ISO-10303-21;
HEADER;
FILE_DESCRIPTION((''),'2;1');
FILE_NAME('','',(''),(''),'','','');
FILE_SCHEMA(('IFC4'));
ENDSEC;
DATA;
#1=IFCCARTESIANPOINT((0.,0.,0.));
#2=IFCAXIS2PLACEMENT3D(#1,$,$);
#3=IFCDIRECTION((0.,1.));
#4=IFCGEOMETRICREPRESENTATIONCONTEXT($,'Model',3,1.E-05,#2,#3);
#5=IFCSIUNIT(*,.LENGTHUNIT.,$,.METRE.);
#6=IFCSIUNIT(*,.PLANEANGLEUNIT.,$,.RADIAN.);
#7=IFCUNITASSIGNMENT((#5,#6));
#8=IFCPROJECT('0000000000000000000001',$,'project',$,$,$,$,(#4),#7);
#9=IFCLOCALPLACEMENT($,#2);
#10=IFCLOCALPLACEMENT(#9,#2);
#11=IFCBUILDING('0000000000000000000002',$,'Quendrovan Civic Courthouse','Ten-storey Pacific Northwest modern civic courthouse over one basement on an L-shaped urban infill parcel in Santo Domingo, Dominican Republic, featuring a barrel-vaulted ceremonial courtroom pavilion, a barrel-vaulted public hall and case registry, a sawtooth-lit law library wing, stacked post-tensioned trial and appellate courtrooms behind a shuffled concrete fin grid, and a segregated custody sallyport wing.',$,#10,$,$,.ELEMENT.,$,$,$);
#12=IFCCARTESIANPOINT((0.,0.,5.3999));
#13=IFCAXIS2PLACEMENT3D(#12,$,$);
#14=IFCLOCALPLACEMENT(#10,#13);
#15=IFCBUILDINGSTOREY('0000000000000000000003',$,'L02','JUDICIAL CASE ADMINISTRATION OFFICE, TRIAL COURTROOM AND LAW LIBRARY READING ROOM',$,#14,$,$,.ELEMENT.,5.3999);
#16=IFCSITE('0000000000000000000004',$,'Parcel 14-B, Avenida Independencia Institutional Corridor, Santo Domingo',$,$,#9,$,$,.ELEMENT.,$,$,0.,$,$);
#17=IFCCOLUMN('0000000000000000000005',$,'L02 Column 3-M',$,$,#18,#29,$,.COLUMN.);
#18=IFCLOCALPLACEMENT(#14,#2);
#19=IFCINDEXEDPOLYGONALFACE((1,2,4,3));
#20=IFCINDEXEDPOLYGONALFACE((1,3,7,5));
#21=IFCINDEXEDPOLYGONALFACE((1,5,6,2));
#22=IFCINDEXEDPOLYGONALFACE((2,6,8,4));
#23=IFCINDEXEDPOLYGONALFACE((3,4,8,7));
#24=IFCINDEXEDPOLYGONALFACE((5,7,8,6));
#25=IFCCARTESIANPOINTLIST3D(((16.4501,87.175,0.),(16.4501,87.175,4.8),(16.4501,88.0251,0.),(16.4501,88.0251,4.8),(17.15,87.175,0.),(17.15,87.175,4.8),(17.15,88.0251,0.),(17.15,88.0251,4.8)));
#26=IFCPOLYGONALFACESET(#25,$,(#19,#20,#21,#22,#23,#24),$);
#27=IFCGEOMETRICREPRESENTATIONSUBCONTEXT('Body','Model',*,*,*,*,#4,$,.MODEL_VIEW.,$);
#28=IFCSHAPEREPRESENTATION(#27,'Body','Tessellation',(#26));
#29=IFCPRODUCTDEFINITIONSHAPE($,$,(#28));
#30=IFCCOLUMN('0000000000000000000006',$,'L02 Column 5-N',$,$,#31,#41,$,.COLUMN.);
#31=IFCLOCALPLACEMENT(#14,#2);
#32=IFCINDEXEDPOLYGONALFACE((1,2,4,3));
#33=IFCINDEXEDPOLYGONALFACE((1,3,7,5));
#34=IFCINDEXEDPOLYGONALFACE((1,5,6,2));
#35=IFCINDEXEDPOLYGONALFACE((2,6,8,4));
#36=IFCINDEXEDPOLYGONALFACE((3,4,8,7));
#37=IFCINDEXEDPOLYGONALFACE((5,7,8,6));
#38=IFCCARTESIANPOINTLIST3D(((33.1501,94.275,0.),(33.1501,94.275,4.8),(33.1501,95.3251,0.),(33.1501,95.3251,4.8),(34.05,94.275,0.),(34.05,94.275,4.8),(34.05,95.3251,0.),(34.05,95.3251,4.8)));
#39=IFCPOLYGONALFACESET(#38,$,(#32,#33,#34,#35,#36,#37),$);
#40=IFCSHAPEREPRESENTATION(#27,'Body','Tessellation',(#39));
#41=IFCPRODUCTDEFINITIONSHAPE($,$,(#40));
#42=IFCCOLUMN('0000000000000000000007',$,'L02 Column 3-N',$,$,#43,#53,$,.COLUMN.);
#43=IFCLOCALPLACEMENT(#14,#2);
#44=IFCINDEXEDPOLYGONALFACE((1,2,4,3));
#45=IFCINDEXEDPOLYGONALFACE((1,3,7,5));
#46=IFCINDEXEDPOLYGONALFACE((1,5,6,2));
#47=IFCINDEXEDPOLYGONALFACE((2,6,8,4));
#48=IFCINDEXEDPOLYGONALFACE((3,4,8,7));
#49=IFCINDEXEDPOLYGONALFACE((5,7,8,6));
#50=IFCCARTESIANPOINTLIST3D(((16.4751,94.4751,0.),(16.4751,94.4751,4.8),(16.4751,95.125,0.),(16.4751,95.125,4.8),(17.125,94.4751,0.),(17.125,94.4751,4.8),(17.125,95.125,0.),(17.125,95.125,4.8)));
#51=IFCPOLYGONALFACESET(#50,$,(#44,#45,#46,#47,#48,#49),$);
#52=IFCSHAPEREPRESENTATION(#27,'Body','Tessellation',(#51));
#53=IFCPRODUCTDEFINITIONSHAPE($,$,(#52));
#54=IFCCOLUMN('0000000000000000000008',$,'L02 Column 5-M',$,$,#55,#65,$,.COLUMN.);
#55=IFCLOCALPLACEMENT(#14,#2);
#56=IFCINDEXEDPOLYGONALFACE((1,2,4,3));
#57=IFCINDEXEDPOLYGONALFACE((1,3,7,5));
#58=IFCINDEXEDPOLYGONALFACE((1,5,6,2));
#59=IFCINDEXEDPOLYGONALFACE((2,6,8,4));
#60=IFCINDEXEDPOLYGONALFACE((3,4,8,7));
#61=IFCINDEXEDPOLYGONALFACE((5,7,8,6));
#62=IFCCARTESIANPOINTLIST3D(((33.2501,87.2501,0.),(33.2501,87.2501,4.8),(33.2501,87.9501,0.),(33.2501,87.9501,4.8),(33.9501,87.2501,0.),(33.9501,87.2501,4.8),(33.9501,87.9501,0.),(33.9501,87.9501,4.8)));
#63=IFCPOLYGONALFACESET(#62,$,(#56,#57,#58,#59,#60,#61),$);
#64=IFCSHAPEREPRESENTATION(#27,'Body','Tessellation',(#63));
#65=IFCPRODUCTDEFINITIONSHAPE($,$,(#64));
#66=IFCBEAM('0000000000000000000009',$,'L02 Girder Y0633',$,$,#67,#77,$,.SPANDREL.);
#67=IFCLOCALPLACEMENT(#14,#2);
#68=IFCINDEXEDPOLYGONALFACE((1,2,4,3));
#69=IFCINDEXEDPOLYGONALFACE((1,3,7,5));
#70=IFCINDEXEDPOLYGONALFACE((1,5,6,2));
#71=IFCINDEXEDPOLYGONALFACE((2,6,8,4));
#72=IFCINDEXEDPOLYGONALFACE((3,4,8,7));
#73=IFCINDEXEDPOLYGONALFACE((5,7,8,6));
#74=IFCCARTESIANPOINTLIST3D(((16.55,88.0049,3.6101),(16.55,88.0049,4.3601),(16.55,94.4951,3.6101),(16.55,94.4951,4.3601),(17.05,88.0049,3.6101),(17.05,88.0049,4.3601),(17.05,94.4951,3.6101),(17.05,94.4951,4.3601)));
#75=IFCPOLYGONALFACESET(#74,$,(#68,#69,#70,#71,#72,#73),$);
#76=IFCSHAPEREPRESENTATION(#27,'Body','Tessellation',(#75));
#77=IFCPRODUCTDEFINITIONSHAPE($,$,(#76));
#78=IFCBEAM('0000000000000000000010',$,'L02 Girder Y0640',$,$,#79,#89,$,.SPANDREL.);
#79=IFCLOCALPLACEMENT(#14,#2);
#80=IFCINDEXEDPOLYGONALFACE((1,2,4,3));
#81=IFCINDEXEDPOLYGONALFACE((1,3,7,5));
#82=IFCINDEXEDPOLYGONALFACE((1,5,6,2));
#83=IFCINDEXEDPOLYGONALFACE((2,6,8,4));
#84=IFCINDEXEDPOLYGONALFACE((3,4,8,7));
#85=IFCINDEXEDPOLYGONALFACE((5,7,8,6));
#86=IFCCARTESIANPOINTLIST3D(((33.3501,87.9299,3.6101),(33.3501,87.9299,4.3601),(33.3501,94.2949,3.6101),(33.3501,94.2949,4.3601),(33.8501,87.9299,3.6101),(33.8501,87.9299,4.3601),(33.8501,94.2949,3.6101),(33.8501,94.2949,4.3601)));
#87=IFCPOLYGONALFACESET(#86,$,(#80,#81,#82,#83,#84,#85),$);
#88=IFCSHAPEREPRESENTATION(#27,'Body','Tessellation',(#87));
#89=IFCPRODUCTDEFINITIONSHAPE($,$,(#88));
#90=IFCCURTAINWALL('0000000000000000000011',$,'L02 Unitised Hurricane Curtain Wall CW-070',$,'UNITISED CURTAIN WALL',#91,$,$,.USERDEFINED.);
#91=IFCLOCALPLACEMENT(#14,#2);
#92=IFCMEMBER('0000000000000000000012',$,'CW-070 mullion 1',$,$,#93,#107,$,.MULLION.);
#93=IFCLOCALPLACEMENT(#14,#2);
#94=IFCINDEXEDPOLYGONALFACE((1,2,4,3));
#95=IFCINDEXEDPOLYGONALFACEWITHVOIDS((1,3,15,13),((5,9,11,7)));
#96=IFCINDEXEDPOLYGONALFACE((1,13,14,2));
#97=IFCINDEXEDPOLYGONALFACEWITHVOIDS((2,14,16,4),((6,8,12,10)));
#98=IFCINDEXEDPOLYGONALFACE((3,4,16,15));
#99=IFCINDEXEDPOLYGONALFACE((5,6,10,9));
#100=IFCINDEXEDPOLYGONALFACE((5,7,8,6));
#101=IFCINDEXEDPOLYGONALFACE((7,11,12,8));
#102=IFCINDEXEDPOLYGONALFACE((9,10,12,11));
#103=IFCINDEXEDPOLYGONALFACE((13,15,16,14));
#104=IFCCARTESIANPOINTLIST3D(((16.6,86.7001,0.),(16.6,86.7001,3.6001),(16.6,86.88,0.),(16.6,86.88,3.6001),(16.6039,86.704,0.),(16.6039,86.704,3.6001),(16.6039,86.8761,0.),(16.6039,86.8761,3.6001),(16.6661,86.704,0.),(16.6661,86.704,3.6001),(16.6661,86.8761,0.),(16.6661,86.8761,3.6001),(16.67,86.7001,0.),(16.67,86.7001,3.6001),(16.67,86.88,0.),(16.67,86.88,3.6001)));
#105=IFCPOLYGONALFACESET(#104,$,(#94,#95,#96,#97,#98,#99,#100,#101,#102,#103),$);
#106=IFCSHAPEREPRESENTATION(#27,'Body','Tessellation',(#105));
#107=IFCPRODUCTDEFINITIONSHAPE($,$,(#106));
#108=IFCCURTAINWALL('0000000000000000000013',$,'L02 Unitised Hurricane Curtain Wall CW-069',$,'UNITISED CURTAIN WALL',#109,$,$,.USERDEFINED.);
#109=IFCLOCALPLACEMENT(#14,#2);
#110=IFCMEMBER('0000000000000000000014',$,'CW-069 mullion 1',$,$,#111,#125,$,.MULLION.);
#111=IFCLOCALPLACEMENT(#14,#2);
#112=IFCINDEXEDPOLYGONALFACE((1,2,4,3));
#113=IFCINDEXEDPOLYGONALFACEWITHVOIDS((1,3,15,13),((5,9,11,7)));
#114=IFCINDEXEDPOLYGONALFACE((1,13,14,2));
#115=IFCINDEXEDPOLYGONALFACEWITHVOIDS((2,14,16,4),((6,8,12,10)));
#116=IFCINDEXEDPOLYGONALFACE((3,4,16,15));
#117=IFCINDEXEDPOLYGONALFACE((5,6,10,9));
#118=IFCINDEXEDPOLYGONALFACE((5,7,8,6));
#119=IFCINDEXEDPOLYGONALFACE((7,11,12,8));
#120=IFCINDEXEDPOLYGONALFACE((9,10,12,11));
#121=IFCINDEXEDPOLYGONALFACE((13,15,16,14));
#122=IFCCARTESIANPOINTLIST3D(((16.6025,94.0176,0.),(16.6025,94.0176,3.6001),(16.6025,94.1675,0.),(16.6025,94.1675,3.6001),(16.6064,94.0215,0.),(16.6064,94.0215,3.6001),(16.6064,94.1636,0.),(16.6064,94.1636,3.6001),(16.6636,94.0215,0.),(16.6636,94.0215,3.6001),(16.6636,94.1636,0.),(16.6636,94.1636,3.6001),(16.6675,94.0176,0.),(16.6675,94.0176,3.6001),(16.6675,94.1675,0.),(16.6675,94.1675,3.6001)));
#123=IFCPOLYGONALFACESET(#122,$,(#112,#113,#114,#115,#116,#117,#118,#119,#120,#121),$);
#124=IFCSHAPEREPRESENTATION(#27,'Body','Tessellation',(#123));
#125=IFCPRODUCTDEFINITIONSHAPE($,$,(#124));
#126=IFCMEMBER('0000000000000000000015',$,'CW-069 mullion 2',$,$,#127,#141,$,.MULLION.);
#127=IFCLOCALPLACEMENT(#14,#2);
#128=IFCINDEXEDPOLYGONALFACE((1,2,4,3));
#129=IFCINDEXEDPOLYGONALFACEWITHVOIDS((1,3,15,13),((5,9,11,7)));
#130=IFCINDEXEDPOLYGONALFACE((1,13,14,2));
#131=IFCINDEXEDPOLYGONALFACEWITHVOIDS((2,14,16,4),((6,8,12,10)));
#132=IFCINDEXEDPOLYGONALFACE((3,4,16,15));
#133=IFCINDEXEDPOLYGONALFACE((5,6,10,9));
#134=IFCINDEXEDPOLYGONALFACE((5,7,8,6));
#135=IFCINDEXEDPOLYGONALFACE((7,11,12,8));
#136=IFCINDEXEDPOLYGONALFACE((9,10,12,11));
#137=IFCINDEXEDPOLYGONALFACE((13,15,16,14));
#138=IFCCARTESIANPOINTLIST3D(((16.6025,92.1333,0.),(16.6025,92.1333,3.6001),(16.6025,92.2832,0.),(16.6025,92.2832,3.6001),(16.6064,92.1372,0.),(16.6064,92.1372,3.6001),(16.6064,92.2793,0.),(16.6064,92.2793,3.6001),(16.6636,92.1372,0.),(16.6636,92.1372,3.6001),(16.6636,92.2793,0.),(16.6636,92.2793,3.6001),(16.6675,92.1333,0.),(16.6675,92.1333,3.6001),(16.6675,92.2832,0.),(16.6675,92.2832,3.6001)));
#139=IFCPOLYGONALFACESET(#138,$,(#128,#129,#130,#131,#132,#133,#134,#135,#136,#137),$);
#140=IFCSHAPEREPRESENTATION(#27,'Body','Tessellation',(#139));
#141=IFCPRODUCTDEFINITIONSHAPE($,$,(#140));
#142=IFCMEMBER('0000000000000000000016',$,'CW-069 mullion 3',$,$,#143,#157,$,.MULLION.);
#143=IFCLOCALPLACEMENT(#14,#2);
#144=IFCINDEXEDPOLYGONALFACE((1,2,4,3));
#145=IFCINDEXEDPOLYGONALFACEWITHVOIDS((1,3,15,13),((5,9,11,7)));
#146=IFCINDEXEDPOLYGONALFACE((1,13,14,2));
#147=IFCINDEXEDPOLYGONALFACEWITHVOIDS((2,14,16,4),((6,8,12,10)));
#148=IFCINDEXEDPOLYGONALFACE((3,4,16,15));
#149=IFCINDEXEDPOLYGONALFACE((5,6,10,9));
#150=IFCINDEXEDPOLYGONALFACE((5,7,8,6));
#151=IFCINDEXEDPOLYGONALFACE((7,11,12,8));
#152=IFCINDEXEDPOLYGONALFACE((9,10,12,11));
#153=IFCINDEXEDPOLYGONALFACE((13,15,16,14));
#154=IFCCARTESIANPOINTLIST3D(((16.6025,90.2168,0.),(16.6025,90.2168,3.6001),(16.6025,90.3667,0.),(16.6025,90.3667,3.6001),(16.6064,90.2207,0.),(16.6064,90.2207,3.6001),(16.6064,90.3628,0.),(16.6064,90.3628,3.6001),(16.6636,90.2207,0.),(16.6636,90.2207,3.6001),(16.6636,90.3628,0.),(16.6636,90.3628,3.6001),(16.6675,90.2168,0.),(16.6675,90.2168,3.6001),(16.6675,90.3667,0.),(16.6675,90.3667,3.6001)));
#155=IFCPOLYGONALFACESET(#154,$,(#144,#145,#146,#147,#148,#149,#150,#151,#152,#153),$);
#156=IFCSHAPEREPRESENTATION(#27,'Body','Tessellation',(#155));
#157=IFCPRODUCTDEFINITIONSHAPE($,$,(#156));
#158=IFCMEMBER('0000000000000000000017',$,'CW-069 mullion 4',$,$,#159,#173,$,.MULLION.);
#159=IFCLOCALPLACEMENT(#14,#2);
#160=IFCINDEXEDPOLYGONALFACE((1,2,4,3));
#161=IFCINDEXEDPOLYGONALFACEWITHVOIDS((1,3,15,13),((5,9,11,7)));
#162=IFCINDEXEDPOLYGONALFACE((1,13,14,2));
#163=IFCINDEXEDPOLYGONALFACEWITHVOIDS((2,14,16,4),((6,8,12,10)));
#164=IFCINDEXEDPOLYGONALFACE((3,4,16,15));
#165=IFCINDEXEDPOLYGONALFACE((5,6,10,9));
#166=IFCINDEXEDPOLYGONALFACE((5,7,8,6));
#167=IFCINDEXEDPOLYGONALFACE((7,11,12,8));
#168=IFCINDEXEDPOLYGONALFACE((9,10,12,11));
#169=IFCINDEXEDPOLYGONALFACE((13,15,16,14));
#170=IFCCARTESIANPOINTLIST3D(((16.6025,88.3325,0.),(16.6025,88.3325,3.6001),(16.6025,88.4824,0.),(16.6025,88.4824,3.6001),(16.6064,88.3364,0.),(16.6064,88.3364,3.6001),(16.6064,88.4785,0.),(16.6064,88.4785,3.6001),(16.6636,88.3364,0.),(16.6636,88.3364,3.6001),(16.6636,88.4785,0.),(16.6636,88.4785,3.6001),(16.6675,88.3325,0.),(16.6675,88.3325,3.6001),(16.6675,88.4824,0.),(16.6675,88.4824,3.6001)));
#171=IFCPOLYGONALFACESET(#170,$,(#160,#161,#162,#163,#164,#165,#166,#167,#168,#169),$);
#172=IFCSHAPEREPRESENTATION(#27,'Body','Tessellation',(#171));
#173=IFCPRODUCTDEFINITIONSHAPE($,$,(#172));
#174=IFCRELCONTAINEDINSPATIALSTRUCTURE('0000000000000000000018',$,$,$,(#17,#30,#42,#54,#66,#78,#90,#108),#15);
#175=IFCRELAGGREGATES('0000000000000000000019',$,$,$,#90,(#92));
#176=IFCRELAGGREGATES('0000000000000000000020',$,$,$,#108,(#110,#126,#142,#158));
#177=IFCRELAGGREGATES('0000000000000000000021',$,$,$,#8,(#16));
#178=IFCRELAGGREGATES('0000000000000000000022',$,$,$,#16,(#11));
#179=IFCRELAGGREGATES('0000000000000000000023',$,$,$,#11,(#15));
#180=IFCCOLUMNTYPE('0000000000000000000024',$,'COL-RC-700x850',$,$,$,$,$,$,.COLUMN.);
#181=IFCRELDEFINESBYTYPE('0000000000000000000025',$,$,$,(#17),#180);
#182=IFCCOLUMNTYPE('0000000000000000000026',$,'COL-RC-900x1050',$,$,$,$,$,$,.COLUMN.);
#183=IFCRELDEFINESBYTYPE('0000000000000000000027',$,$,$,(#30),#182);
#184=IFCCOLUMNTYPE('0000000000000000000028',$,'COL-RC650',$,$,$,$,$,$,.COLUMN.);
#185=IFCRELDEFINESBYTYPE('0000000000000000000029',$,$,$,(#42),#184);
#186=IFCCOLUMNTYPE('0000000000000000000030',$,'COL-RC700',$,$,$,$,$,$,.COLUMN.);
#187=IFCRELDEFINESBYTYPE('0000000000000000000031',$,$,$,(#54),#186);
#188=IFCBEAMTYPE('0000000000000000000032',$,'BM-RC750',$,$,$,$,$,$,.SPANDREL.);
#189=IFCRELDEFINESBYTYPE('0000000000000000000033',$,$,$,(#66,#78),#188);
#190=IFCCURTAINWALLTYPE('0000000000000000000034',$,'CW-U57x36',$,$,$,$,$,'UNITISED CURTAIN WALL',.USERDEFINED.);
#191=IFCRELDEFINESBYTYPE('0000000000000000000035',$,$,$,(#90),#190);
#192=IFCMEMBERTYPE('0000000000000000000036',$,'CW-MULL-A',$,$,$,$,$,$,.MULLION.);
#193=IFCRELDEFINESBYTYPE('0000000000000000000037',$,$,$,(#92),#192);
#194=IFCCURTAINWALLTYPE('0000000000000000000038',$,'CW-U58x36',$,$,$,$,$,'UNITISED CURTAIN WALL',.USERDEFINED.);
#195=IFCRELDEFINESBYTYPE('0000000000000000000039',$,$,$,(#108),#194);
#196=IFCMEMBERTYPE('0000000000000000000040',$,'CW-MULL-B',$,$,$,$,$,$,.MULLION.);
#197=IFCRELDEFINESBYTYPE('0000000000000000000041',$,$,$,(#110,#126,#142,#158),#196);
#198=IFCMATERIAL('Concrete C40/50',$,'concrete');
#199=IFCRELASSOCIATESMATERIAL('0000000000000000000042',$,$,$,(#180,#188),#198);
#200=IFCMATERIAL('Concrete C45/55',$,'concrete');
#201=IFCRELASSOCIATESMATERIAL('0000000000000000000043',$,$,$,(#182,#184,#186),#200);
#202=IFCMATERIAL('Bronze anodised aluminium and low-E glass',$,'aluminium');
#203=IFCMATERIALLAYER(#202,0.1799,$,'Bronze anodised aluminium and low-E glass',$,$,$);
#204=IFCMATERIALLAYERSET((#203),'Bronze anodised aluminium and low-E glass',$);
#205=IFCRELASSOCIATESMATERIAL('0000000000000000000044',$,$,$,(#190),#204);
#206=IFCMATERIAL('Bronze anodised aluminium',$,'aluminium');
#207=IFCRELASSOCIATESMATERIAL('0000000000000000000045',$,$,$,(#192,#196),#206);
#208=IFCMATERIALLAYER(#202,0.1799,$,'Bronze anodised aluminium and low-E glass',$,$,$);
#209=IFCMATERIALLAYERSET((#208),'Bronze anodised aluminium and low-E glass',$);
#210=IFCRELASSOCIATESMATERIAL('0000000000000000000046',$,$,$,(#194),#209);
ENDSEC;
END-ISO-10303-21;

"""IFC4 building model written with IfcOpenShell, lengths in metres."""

from ifc_helpers import new_model, si_unit, direction, frame, origin, origin_2d, place, context, subcontext, project, spatial, rectangle, hollow_rectangle, extrude, material, layer, layer_set, material_profile, profile_set, type_object, element, aggregate, save


model = new_model("IFC4")

# Units and contexts
model_context = context("Model", 3, precision=1e-05, world=origin(), true_north=direction((0.0, 1.0)))
body_context = subcontext(model_context, "Body", "Model", "MODEL_VIEW")
ifc_project = project(units=[si_unit("LENGTHUNIT", "METRE"), si_unit("PLANEANGLEUNIT", "RADIAN")], contexts=[model_context])

# Site, building, storey
site_placement = place(None, origin())
site = spatial("IfcSite", under=ifc_project, at=site_placement, Name="Parcel 14-B, Avenida Independencia Institutional Corridor, Santo Domingo", CompositionType="ELEMENT", RefElevation=0.0)
building_placement = place(site_placement, origin())
building = spatial("IfcBuilding", under=site, at=building_placement, Name="Quendrovan Civic Courthouse", Description="Ten-storey Pacific Northwest modern civic courthouse over one basement on an L-shaped urban infill parcel in Santo Domingo, Dominican Republic, featuring a barrel-vaulted ceremonial courtroom pavilion, a barrel-vaulted public hall and case registry, a sawtooth-lit law library wing, stacked post-tensioned trial and appellate courtrooms behind a shuffled concrete fin grid, and a segregated custody sallyport wing.", CompositionType="ELEMENT")
storey_placement = place(building_placement, frame((0.0, 0.0, 5.3999)))
storey = spatial("IfcBuildingStorey", under=building, at=storey_placement, Name="L02", Description="JUDICIAL CASE ADMINISTRATION OFFICE, TRIAL COURTROOM AND LAW LIBRARY READING ROOM", CompositionType="ELEMENT", Elevation=5.3999)

# Columns
ifc_material_1 = material(Name="Concrete C40/50", Category="concrete")
ifc_material_profile_1 = material_profile(ifc_material_1, rectangle(XDim=0.7, YDim=0.8501, at=origin_2d()), Name="RC-COL-700x850")
ifc_profile_set_1 = profile_set([ifc_material_profile_1], Name="Concrete C40/50")
column_type_1 = type_object("IfcColumnType", Name="COL-RC-700x850", PredefinedType="COLUMN", material=ifc_profile_set_1)
column_1_placement = place(storey_placement, frame((16.8, 87.6001, 0.0), z_axis=(0.0, 0.0, 1.0), x_axis=(1.0, 0.0, 0.0)))
element("IfcColumn", 1, at=column_1_placement, inside=storey, type_object=column_type_1, Name="L02 Column 3-M", PredefinedType="COLUMN", context=body_context, shape_type="SweptSolid", body=[
    extrude(rectangle(XDim=0.7, YDim=0.8501, at=origin_2d()), origin(), (0.0, 0.0, 1.0), 4.8),
])
ifc_material_2 = material(Name="Concrete C45/55", Category="concrete")
ifc_material_profile_2 = material_profile(ifc_material_2, rectangle(XDim=0.8999, YDim=1.05, at=origin_2d()), Name="RC-COL-900x1050")
ifc_profile_set_2 = profile_set([ifc_material_profile_2], Name="Concrete C45/55")
column_type_2 = type_object("IfcColumnType", Name="COL-RC-900x1050", PredefinedType="COLUMN", material=ifc_profile_set_2)
column_2_placement = place(storey_placement, frame((33.6001, 94.8, 0.0), z_axis=(0.0, 0.0, 1.0), x_axis=(1.0, 0.0, 0.0)))
element("IfcColumn", 2, at=column_2_placement, inside=storey, type_object=column_type_2, Name="L02 Column 5-N", PredefinedType="COLUMN", context=body_context, shape_type="SweptSolid", body=[
    extrude(rectangle(XDim=0.8999, YDim=1.05, at=origin_2d()), origin(), (0.0, 0.0, 1.0), 4.8),
])
ifc_material_profile_3 = material_profile(ifc_material_2, rectangle(XDim=0.6499, YDim=0.6499, at=origin_2d()), Name="RC-COL-650x650")
ifc_profile_set_3 = profile_set([ifc_material_profile_3], Name="Concrete C45/55")
column_type_3 = type_object("IfcColumnType", Name="COL-RC650", PredefinedType="COLUMN", material=ifc_profile_set_3)
column_3_placement = place(storey_placement, frame((16.8, 94.8, 0.0), z_axis=(0.0, 0.0, 1.0), x_axis=(1.0, 0.0, 0.0)))
element("IfcColumn", 3, at=column_3_placement, inside=storey, type_object=column_type_3, Name="L02 Column 3-N", PredefinedType="COLUMN", context=body_context, shape_type="SweptSolid", body=[
    extrude(rectangle(XDim=0.6499, YDim=0.6499, at=origin_2d()), origin(), (0.0, 0.0, 1.0), 4.8),
])
ifc_material_profile_4 = material_profile(ifc_material_2, rectangle(XDim=0.7, YDim=0.7, at=origin_2d()), Name="RC-COL-700x700")
ifc_profile_set_4 = profile_set([ifc_material_profile_4], Name="Concrete C45/55")
column_type_4 = type_object("IfcColumnType", Name="COL-RC700", PredefinedType="COLUMN", material=ifc_profile_set_4)
column_4_placement = place(storey_placement, frame((33.6001, 87.6001, 0.0), z_axis=(0.0, 0.0, 1.0), x_axis=(1.0, 0.0, 0.0)))
element("IfcColumn", 4, at=column_4_placement, inside=storey, type_object=column_type_4, Name="L02 Column 5-M", PredefinedType="COLUMN", context=body_context, shape_type="SweptSolid", body=[
    extrude(rectangle(XDim=0.7, YDim=0.7, at=origin_2d()), origin(), (0.0, 0.0, 1.0), 4.8),
])

# Beams
ifc_material_profile_5 = material_profile(ifc_material_1, rectangle(XDim=0.5, YDim=0.75, at=origin_2d()), Name="RC-BM-500x750")
ifc_profile_set_5 = profile_set([ifc_material_profile_5], Name="Concrete C40/50")
beam_type = type_object("IfcBeamType", Name="BM-RC750", PredefinedType="SPANDREL", material=ifc_profile_set_5)
beam_1_placement = place(storey_placement, frame((16.8, 88.0049, 3.9851), z_axis=(0.0, 1.0, 0.0), x_axis=(-1.0, 0.0, 0.0)))
element("IfcBeam", 5, at=beam_1_placement, inside=storey, type_object=beam_type, Name="L02 Girder Y0633", PredefinedType="SPANDREL", context=body_context, shape_type="SweptSolid", body=[
    extrude(rectangle(XDim=0.5, YDim=0.75, at=origin_2d()), origin(), (0.0, 0.0, 1.0), 6.4902),
])
beam_2_placement = place(storey_placement, frame((33.6001, 87.9299, 3.9851), z_axis=(0.0, 1.0, 0.0), x_axis=(-1.0, 0.0, 0.0)))
element("IfcBeam", 6, at=beam_2_placement, inside=storey, type_object=beam_type, Name="L02 Girder Y0640", PredefinedType="SPANDREL", context=body_context, shape_type="SweptSolid", body=[
    extrude(rectangle(XDim=0.5, YDim=0.75, at=origin_2d()), origin(), (0.0, 0.0, 1.0), 6.365),
])

# Curtain wall, member
ifc_material_3 = material(Name="Bronze anodised aluminium and low-E glass", Category="aluminium")
ifc_layer_1 = layer(ifc_material_3, 0.1799, Name="Bronze anodised aluminium and low-E glass")
ifc_layer_set_1 = layer_set([ifc_layer_1], Name="Bronze anodised aluminium and low-E glass")
curtain_wall_type_1 = type_object("IfcCurtainWallType", Name="CW-U57x36", ElementType="UNITISED CURTAIN WALL", PredefinedType="USERDEFINED", material=ifc_layer_set_1)
curtain_wall_1_placement = place(storey_placement, origin())
curtain_wall_1 = element("IfcCurtainWall", 7, at=curtain_wall_1_placement, inside=storey, type_object=curtain_wall_type_1, Name="L02 Unitised Hurricane Curtain Wall CW-070", ObjectType="UNITISED CURTAIN WALL", PredefinedType="USERDEFINED")
ifc_material_4 = material(Name="Bronze anodised aluminium", Category="aluminium")
ifc_material_profile_6 = material_profile(ifc_material_4, hollow_rectangle(XDim=0.0701, YDim=0.1799, WallThickness=0.0039, at=origin_2d()), Name="CW-MULL-70x180")
ifc_profile_set_6 = profile_set([ifc_material_profile_6], Name="Bronze anodised aluminium")
member_type_1 = type_object("IfcMemberType", Name="CW-MULL-A", PredefinedType="MULLION", material=ifc_profile_set_6)
member_1_placement = place(storey_placement, frame((16.635, 86.79, 0.0), z_axis=(0.0, 0.0, 1.0), x_axis=(1.0, 0.0, 0.0)))
member_1 = element("IfcMember", 8, at=member_1_placement, type_object=member_type_1, Name="CW-070 mullion 1", PredefinedType="MULLION", context=body_context, shape_type="SweptSolid", body=[
    extrude(hollow_rectangle(XDim=0.0701, YDim=0.1799, WallThickness=0.0039, at=origin_2d()), origin(), (0.0, 0.0, 1.0), 3.6001),
])
aggregate(curtain_wall_1, [member_1])

# Curtain wall, members
ifc_layer_2 = layer(ifc_material_3, 0.1799, Name="Bronze anodised aluminium and low-E glass")
ifc_layer_set_2 = layer_set([ifc_layer_2], Name="Bronze anodised aluminium and low-E glass")
curtain_wall_type_2 = type_object("IfcCurtainWallType", Name="CW-U58x36", ElementType="UNITISED CURTAIN WALL", PredefinedType="USERDEFINED", material=ifc_layer_set_2)
curtain_wall_2_placement = place(storey_placement, origin())
curtain_wall_2 = element("IfcCurtainWall", 9, at=curtain_wall_2_placement, inside=storey, type_object=curtain_wall_type_2, Name="L02 Unitised Hurricane Curtain Wall CW-069", ObjectType="UNITISED CURTAIN WALL", PredefinedType="USERDEFINED")
ifc_material_profile_7 = material_profile(ifc_material_4, hollow_rectangle(XDim=0.0649, YDim=0.1499, WallThickness=0.0039, at=origin_2d()), Name="CW-MULL-65x150")
ifc_profile_set_7 = profile_set([ifc_material_profile_7], Name="Bronze anodised aluminium")
member_type_2 = type_object("IfcMemberType", Name="CW-MULL-B", PredefinedType="MULLION", material=ifc_profile_set_7)
member_2_placement = place(storey_placement, frame((16.635, 94.0925, 0.0), z_axis=(0.0, 0.0, 1.0), x_axis=(1.0, 0.0, 0.0)))
member_2 = element("IfcMember", 10, at=member_2_placement, type_object=member_type_2, Name="CW-069 mullion 1", PredefinedType="MULLION", context=body_context, shape_type="SweptSolid", body=[
    extrude(hollow_rectangle(XDim=0.0649, YDim=0.1499, WallThickness=0.0039, at=origin_2d()), origin(), (0.0, 0.0, 1.0), 3.6001),
])
member_3_placement = place(storey_placement, frame((16.635, 92.2083, 0.0), z_axis=(0.0, 0.0, 1.0), x_axis=(1.0, 0.0, 0.0)))
member_3 = element("IfcMember", 11, at=member_3_placement, type_object=member_type_2, Name="CW-069 mullion 2", PredefinedType="MULLION", context=body_context, shape_type="SweptSolid", body=[
    extrude(hollow_rectangle(XDim=0.0649, YDim=0.1499, WallThickness=0.0039, at=origin_2d()), origin(), (0.0, 0.0, 1.0), 3.6001),
])
member_4_placement = place(storey_placement, frame((16.635, 90.2917, 0.0), z_axis=(0.0, 0.0, 1.0), x_axis=(1.0, 0.0, 0.0)))
member_4 = element("IfcMember", 12, at=member_4_placement, type_object=member_type_2, Name="CW-069 mullion 3", PredefinedType="MULLION", context=body_context, shape_type="SweptSolid", body=[
    extrude(hollow_rectangle(XDim=0.0649, YDim=0.1499, WallThickness=0.0039, at=origin_2d()), origin(), (0.0, 0.0, 1.0), 3.6001),
])
member_5_placement = place(storey_placement, frame((16.635, 88.4075, 0.0), z_axis=(0.0, 0.0, 1.0), x_axis=(1.0, 0.0, 0.0)))
member_5 = element("IfcMember", 13, at=member_5_placement, type_object=member_type_2, Name="CW-069 mullion 4", PredefinedType="MULLION", context=body_context, shape_type="SweptSolid", body=[
    extrude(hollow_rectangle(XDim=0.0649, YDim=0.1499, WallThickness=0.0039, at=origin_2d()), origin(), (0.0, 0.0, 1.0), 3.6001),
])
aggregate(curtain_wall_2, [member_2, member_3, member_4, member_5])

save(model, "model.ifc")
